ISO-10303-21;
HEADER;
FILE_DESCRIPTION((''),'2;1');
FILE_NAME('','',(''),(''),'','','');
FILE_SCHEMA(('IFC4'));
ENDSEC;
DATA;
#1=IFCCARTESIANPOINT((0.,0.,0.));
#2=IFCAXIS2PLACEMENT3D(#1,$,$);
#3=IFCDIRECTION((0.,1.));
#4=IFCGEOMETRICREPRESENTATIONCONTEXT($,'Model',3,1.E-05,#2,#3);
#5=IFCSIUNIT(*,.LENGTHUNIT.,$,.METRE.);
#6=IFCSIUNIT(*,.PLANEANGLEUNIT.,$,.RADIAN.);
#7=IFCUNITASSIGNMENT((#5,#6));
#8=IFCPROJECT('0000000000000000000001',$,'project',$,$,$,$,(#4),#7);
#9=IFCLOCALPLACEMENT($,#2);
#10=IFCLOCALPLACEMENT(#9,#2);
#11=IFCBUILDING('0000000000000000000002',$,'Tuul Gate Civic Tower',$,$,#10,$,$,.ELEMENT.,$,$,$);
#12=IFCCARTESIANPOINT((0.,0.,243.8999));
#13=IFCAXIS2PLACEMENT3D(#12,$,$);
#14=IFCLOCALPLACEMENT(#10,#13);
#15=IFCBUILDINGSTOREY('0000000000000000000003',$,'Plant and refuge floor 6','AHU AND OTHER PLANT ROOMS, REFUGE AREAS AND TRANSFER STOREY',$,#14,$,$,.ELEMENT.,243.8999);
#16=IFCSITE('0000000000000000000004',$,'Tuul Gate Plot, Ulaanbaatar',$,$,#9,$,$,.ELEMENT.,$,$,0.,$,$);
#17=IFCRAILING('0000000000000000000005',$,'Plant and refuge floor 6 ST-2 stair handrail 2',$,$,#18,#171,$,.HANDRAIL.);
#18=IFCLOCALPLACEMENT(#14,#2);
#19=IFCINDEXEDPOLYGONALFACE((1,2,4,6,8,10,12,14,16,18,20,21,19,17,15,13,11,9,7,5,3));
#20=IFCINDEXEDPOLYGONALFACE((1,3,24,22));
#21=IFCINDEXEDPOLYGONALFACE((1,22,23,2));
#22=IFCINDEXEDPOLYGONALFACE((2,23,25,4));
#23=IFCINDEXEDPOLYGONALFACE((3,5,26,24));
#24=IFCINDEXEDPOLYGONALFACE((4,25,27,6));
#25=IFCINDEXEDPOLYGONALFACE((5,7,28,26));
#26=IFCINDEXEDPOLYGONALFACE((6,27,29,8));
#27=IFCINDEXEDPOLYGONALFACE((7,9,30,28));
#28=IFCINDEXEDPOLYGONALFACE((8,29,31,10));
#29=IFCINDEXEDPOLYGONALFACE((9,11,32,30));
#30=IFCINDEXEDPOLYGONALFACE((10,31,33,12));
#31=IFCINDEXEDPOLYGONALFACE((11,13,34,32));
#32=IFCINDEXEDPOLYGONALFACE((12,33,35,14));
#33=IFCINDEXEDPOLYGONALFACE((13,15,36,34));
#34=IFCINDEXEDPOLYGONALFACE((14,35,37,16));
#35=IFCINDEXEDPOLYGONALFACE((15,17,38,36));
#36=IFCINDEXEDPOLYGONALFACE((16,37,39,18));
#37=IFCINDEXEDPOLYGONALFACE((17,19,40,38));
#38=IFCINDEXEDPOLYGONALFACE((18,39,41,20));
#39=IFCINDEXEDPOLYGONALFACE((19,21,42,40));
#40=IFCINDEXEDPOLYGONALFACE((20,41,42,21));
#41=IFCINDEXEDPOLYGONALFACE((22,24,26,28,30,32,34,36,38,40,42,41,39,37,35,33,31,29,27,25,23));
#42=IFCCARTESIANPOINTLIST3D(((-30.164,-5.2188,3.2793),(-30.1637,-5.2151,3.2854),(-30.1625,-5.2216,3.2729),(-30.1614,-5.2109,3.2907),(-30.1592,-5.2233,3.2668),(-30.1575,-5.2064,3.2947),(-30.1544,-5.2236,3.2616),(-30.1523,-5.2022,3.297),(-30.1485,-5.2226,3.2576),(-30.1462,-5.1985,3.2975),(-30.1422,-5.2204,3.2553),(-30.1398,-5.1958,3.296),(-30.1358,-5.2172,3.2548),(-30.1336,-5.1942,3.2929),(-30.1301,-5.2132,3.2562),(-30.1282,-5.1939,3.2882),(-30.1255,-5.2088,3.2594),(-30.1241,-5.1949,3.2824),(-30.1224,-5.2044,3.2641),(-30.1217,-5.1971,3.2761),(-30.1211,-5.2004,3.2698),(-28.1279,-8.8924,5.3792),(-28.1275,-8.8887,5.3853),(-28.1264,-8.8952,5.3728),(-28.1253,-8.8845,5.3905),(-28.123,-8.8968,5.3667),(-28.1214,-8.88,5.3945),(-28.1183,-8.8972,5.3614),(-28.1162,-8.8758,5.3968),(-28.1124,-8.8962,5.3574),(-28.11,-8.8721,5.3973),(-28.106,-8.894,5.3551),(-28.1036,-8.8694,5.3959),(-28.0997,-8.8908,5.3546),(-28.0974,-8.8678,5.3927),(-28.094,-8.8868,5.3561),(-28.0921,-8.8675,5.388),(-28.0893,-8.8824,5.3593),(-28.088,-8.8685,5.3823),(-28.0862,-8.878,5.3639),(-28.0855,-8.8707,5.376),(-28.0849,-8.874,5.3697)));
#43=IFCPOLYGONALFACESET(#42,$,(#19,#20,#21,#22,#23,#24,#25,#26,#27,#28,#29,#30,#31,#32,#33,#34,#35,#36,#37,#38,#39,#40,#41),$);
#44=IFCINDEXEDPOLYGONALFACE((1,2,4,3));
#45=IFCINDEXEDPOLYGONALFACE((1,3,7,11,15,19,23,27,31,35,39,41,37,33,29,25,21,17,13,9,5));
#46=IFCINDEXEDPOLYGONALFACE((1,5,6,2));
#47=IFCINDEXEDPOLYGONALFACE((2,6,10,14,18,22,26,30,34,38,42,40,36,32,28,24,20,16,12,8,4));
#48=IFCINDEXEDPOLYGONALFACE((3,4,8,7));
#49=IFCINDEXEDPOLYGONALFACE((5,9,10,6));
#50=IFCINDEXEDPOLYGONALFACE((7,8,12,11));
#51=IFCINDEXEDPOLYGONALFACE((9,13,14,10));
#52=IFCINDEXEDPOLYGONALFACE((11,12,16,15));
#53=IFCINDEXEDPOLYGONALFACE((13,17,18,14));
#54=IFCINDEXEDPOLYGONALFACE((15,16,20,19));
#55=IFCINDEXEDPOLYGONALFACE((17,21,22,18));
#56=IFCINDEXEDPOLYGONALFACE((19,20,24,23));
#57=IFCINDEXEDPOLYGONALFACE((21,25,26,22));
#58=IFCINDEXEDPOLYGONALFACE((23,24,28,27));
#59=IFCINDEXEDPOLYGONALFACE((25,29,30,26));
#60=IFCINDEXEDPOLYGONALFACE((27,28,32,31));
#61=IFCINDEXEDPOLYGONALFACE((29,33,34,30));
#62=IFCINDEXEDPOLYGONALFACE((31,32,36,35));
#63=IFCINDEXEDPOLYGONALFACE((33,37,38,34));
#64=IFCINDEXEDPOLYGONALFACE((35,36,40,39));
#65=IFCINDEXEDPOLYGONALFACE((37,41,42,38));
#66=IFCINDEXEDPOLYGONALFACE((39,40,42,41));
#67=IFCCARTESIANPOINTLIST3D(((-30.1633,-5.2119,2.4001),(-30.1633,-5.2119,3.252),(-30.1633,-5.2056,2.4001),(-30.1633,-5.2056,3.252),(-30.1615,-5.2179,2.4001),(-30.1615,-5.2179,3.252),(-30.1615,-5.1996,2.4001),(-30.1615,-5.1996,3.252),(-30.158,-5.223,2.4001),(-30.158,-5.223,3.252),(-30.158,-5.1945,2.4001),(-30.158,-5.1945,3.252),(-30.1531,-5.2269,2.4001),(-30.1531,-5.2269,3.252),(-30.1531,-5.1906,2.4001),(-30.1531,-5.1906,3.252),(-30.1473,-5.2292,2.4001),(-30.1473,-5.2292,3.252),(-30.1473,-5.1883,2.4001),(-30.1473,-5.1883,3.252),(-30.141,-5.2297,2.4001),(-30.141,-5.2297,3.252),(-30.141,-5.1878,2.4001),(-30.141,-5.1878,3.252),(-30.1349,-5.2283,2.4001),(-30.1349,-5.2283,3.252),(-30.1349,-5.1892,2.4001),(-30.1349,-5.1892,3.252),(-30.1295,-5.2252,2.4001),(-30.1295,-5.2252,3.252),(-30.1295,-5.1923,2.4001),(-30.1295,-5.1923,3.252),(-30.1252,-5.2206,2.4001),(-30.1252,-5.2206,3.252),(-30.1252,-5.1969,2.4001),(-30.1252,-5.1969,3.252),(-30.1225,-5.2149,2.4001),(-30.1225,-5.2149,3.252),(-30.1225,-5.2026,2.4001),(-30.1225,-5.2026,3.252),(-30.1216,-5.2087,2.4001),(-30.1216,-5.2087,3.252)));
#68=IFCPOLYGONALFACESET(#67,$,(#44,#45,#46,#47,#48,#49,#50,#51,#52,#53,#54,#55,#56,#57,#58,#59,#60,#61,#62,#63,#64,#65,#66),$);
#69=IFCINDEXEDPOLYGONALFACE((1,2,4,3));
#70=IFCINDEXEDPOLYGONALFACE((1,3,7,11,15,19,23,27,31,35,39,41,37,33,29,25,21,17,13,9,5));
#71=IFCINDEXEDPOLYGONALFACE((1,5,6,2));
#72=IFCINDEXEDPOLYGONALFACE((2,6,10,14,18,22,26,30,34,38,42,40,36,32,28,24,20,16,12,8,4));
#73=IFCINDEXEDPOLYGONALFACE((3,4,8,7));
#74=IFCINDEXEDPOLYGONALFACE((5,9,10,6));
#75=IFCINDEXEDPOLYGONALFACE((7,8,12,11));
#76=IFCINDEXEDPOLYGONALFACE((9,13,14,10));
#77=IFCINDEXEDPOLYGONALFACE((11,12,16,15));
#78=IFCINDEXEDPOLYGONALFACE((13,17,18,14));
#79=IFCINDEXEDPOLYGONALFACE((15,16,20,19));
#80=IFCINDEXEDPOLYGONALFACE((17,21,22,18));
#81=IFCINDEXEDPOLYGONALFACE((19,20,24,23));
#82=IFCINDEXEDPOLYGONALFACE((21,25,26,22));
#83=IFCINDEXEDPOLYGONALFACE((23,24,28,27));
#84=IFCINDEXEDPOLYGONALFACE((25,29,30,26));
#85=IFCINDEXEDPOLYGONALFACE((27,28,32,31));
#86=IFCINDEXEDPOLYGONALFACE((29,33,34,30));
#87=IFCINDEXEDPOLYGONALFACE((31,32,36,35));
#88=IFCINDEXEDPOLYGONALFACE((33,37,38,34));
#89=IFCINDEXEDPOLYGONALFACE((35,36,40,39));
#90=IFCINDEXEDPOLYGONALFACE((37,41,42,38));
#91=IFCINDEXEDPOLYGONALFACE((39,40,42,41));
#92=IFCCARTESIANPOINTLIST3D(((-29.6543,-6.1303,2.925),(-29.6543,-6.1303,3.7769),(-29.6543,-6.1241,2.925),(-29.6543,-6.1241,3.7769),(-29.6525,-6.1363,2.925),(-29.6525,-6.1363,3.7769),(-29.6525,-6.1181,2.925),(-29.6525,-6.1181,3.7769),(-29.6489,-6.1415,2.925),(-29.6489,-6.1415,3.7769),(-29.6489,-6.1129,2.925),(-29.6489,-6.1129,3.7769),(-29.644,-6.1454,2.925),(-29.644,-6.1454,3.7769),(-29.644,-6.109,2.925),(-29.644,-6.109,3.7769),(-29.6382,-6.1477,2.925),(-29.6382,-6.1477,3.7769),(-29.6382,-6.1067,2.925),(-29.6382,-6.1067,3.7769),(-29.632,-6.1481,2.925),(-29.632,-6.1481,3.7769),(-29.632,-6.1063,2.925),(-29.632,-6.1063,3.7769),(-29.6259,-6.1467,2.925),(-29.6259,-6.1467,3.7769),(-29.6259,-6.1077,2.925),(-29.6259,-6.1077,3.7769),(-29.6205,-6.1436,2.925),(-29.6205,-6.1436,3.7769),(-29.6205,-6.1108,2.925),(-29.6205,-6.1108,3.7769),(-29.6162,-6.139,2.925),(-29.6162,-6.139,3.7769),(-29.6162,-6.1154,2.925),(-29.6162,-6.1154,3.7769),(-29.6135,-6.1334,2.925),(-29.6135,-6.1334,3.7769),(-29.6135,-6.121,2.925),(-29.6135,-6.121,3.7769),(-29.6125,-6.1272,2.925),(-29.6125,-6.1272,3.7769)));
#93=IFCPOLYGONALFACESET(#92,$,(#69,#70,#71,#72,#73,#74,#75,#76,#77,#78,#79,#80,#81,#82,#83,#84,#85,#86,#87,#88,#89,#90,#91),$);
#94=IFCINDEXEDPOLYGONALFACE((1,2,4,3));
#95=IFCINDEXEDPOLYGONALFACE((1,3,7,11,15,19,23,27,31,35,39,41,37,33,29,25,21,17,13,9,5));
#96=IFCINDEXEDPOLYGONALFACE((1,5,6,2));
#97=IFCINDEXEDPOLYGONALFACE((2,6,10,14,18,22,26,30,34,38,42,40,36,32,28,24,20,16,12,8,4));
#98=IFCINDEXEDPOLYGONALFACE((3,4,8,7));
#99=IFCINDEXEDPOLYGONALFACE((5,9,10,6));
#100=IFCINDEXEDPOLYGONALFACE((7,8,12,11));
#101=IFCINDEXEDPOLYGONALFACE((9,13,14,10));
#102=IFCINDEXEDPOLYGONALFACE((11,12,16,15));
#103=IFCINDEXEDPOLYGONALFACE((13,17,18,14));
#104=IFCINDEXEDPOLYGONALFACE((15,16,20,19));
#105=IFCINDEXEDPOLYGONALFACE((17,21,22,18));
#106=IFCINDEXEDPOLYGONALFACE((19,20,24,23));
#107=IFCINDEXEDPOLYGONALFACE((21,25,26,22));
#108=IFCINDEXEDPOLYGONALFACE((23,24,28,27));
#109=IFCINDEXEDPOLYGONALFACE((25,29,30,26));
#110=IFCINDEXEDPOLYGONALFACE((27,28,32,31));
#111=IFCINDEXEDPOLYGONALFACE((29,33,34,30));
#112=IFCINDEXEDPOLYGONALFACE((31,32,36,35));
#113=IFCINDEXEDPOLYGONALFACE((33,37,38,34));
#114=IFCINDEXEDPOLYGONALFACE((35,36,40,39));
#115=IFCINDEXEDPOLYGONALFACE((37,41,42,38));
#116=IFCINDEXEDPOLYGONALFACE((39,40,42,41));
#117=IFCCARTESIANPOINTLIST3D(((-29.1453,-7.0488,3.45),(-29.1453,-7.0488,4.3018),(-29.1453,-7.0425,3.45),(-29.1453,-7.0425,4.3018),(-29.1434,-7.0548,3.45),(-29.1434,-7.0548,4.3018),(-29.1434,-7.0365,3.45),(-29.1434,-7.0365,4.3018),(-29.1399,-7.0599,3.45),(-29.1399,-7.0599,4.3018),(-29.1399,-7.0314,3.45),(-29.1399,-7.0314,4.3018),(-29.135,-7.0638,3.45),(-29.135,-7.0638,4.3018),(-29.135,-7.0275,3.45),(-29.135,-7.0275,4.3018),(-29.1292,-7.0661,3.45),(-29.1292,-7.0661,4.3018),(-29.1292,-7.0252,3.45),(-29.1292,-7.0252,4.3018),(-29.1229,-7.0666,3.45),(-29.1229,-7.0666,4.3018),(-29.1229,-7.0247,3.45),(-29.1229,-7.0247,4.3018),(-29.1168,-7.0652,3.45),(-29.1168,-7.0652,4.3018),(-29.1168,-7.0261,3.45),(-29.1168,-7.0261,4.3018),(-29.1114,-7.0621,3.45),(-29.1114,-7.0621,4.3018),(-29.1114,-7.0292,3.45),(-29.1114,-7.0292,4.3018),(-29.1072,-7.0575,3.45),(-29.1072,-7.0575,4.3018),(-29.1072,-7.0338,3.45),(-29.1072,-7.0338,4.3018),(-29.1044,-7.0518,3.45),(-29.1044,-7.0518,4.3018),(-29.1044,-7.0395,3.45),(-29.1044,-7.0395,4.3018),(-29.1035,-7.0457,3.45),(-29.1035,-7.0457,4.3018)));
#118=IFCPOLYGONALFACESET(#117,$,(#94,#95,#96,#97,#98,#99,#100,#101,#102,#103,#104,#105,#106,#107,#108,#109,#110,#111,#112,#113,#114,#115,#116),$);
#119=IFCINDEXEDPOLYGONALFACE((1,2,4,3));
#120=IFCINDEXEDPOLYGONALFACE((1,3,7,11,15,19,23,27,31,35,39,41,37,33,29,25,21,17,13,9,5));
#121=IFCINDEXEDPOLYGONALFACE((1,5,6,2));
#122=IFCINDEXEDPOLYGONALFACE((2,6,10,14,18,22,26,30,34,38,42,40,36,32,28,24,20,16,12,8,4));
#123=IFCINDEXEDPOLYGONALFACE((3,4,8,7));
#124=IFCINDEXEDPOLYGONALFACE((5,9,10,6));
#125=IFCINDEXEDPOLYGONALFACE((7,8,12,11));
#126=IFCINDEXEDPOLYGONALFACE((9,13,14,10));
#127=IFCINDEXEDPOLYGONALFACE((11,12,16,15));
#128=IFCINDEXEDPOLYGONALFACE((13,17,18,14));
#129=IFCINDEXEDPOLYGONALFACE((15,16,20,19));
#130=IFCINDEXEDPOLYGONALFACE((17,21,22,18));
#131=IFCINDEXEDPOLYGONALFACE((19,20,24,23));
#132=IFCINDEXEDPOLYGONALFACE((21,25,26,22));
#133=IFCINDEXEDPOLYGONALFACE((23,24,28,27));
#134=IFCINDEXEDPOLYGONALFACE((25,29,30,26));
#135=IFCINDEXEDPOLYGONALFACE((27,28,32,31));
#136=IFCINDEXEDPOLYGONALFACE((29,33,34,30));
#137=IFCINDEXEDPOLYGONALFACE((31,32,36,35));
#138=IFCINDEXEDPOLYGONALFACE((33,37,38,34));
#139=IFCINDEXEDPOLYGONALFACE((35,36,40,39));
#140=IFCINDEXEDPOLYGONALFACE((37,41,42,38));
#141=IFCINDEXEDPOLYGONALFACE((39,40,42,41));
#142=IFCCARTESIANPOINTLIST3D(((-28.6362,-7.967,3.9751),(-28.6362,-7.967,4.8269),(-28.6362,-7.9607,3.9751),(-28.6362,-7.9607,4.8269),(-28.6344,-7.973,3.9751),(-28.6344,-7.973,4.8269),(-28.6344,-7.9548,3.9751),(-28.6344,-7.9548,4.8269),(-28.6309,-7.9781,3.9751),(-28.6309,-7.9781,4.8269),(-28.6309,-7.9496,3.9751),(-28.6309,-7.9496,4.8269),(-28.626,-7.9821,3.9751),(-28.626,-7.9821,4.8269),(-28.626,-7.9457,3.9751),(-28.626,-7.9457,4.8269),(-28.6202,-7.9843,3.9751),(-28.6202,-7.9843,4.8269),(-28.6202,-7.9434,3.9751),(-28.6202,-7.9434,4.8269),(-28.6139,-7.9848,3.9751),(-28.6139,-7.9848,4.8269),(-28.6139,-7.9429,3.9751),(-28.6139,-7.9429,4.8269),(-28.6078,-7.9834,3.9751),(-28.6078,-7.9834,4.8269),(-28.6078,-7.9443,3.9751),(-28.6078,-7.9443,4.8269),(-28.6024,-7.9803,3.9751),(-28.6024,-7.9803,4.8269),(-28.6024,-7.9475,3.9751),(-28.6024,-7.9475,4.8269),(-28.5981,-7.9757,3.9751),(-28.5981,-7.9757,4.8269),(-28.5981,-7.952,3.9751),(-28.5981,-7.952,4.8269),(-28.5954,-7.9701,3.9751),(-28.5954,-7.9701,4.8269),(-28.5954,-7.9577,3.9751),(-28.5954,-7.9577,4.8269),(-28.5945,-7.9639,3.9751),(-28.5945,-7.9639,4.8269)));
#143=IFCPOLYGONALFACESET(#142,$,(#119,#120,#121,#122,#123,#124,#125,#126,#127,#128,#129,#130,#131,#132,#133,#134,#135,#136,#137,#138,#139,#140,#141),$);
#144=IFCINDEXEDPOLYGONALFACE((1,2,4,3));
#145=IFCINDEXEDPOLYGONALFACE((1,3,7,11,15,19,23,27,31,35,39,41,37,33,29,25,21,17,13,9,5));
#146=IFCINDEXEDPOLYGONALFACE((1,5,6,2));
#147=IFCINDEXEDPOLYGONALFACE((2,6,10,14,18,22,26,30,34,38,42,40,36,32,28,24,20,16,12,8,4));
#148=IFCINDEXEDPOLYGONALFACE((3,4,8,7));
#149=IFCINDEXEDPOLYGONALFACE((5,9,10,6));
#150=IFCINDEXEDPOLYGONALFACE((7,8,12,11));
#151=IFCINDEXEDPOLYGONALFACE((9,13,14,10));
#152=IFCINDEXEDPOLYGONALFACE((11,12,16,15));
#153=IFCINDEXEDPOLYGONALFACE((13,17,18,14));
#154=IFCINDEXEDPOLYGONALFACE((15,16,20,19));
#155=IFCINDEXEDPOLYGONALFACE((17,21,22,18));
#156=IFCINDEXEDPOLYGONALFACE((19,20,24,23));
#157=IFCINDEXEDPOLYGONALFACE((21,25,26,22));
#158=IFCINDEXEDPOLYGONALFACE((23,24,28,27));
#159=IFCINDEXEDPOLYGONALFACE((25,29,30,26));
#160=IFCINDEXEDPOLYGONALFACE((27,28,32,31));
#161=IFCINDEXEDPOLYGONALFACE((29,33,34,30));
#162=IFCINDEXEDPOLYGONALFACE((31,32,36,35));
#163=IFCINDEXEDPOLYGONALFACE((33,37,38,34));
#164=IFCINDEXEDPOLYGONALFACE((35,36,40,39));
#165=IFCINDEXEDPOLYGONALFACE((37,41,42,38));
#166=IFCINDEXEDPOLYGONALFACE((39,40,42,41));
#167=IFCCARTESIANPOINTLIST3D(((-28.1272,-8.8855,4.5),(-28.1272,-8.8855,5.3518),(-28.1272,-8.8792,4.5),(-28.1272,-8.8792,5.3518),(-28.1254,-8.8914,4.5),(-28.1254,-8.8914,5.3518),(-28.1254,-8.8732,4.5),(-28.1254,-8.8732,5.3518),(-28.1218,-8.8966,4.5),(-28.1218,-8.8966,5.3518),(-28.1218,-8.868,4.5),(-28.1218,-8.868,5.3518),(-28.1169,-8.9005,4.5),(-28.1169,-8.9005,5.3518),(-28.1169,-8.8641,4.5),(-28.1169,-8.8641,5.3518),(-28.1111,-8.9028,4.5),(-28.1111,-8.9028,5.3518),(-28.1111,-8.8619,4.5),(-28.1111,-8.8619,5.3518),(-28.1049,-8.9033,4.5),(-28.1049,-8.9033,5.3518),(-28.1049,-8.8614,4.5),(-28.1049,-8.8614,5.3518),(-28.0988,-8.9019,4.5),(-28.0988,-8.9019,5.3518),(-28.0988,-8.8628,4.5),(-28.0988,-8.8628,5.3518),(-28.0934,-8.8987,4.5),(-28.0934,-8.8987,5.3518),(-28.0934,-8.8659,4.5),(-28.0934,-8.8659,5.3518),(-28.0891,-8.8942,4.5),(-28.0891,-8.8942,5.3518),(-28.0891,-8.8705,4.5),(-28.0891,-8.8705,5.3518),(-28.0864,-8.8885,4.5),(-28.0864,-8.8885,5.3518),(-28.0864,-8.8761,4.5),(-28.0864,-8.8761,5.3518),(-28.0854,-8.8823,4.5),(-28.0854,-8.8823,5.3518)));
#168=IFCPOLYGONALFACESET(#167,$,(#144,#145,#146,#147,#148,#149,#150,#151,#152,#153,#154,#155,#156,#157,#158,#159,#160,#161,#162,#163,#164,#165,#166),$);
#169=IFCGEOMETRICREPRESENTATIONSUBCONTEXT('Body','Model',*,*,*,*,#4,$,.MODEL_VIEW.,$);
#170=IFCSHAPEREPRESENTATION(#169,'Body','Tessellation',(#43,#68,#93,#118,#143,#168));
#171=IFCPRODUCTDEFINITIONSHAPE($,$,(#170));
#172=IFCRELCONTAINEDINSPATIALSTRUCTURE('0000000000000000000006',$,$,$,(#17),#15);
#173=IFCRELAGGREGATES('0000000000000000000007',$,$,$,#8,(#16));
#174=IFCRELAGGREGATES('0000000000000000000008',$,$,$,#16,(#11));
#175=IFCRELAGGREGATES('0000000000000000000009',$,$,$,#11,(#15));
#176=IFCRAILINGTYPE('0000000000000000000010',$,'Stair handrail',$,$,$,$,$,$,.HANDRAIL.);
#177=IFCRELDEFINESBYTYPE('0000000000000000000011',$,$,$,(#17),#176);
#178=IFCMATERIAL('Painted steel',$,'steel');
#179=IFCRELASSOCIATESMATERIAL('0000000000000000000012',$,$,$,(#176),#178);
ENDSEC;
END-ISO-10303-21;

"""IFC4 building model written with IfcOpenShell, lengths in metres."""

from ifc_helpers import new_model, si_unit, direction, frame, origin, origin_2d, place, context, subcontext, project, spatial, circle, extrude, material, type_object, element, save


model = new_model("IFC4")

# Units and contexts
model_context = context("Model", 3, precision=1e-05, world=origin(), true_north=direction((0.0, 1.0)))
body_context = subcontext(model_context, "Body", "Model", "MODEL_VIEW")
ifc_project = project(units=[si_unit("LENGTHUNIT", "METRE"), si_unit("PLANEANGLEUNIT", "RADIAN")], contexts=[model_context])

# Site, building, storey
site_placement = place(None, origin())
site = spatial("IfcSite", under=ifc_project, at=site_placement, Name="Tuul Gate Plot, Ulaanbaatar", CompositionType="ELEMENT", RefElevation=0.0)
building_placement = place(site_placement, origin())
building = spatial("IfcBuilding", under=site, at=building_placement, Name="Tuul Gate Civic Tower", CompositionType="ELEMENT")
storey_placement = place(building_placement, frame((0.0, 0.0, 243.8999)))
storey = spatial("IfcBuildingStorey", under=building, at=storey_placement, Name="Plant and refuge floor 6", Description="AHU AND OTHER PLANT ROOMS, REFUGE AREAS AND TRANSFER STOREY", CompositionType="ELEMENT", Elevation=243.8999)

# Railing
ifc_material_1 = material(Name="Painted steel", Category="steel")
railing_type_1 = type_object("IfcRailingType", Name="Stair handrail", PredefinedType="HANDRAIL", material=ifc_material_1)
railing_1_placement = place(storey_placement, frame((-30.1426, -5.2087, 2.4001)))
element("IfcRailing", 1, at=railing_1_placement, inside=storey, type_object=railing_type_1, Name="Plant and refuge floor 6 ST-2 stair handrail 2", PredefinedType="HANDRAIL", context=body_context, shape_type="SweptSolid", body=[
    extrude(circle(Radius=0.0239, at=origin_2d()), frame((0.0, 0.0, 0.876), z_axis=(0.433608, -0.782314, 0.447178), x_axis=(0.874637, 0.484779, 0.0)), (0.0, 0.0, 1.0), 4.6958),
    extrude(circle(Radius=0.021, at=origin_2d()), origin(), (0.0, 0.0, 1.0), 0.8518),
    extrude(circle(Radius=0.021, at=origin_2d()), frame((0.509, -0.9185, 0.5249)), (0.0, 0.0, 1.0), 0.8518),
    extrude(circle(Radius=0.021, at=origin_2d()), frame((1.0181, -1.8369, 1.0498)), (0.0, 0.0, 1.0), 0.8518),
    extrude(circle(Radius=0.021, at=origin_2d()), frame((1.5271, -2.7551, 1.575)), (0.0, 0.0, 1.0), 0.8518),
    extrude(circle(Radius=0.021, at=origin_2d()), frame((2.0361, -3.6736, 2.0999)), (0.0, 0.0, 1.0), 0.8518),
])

save(model, "model.ifc")
